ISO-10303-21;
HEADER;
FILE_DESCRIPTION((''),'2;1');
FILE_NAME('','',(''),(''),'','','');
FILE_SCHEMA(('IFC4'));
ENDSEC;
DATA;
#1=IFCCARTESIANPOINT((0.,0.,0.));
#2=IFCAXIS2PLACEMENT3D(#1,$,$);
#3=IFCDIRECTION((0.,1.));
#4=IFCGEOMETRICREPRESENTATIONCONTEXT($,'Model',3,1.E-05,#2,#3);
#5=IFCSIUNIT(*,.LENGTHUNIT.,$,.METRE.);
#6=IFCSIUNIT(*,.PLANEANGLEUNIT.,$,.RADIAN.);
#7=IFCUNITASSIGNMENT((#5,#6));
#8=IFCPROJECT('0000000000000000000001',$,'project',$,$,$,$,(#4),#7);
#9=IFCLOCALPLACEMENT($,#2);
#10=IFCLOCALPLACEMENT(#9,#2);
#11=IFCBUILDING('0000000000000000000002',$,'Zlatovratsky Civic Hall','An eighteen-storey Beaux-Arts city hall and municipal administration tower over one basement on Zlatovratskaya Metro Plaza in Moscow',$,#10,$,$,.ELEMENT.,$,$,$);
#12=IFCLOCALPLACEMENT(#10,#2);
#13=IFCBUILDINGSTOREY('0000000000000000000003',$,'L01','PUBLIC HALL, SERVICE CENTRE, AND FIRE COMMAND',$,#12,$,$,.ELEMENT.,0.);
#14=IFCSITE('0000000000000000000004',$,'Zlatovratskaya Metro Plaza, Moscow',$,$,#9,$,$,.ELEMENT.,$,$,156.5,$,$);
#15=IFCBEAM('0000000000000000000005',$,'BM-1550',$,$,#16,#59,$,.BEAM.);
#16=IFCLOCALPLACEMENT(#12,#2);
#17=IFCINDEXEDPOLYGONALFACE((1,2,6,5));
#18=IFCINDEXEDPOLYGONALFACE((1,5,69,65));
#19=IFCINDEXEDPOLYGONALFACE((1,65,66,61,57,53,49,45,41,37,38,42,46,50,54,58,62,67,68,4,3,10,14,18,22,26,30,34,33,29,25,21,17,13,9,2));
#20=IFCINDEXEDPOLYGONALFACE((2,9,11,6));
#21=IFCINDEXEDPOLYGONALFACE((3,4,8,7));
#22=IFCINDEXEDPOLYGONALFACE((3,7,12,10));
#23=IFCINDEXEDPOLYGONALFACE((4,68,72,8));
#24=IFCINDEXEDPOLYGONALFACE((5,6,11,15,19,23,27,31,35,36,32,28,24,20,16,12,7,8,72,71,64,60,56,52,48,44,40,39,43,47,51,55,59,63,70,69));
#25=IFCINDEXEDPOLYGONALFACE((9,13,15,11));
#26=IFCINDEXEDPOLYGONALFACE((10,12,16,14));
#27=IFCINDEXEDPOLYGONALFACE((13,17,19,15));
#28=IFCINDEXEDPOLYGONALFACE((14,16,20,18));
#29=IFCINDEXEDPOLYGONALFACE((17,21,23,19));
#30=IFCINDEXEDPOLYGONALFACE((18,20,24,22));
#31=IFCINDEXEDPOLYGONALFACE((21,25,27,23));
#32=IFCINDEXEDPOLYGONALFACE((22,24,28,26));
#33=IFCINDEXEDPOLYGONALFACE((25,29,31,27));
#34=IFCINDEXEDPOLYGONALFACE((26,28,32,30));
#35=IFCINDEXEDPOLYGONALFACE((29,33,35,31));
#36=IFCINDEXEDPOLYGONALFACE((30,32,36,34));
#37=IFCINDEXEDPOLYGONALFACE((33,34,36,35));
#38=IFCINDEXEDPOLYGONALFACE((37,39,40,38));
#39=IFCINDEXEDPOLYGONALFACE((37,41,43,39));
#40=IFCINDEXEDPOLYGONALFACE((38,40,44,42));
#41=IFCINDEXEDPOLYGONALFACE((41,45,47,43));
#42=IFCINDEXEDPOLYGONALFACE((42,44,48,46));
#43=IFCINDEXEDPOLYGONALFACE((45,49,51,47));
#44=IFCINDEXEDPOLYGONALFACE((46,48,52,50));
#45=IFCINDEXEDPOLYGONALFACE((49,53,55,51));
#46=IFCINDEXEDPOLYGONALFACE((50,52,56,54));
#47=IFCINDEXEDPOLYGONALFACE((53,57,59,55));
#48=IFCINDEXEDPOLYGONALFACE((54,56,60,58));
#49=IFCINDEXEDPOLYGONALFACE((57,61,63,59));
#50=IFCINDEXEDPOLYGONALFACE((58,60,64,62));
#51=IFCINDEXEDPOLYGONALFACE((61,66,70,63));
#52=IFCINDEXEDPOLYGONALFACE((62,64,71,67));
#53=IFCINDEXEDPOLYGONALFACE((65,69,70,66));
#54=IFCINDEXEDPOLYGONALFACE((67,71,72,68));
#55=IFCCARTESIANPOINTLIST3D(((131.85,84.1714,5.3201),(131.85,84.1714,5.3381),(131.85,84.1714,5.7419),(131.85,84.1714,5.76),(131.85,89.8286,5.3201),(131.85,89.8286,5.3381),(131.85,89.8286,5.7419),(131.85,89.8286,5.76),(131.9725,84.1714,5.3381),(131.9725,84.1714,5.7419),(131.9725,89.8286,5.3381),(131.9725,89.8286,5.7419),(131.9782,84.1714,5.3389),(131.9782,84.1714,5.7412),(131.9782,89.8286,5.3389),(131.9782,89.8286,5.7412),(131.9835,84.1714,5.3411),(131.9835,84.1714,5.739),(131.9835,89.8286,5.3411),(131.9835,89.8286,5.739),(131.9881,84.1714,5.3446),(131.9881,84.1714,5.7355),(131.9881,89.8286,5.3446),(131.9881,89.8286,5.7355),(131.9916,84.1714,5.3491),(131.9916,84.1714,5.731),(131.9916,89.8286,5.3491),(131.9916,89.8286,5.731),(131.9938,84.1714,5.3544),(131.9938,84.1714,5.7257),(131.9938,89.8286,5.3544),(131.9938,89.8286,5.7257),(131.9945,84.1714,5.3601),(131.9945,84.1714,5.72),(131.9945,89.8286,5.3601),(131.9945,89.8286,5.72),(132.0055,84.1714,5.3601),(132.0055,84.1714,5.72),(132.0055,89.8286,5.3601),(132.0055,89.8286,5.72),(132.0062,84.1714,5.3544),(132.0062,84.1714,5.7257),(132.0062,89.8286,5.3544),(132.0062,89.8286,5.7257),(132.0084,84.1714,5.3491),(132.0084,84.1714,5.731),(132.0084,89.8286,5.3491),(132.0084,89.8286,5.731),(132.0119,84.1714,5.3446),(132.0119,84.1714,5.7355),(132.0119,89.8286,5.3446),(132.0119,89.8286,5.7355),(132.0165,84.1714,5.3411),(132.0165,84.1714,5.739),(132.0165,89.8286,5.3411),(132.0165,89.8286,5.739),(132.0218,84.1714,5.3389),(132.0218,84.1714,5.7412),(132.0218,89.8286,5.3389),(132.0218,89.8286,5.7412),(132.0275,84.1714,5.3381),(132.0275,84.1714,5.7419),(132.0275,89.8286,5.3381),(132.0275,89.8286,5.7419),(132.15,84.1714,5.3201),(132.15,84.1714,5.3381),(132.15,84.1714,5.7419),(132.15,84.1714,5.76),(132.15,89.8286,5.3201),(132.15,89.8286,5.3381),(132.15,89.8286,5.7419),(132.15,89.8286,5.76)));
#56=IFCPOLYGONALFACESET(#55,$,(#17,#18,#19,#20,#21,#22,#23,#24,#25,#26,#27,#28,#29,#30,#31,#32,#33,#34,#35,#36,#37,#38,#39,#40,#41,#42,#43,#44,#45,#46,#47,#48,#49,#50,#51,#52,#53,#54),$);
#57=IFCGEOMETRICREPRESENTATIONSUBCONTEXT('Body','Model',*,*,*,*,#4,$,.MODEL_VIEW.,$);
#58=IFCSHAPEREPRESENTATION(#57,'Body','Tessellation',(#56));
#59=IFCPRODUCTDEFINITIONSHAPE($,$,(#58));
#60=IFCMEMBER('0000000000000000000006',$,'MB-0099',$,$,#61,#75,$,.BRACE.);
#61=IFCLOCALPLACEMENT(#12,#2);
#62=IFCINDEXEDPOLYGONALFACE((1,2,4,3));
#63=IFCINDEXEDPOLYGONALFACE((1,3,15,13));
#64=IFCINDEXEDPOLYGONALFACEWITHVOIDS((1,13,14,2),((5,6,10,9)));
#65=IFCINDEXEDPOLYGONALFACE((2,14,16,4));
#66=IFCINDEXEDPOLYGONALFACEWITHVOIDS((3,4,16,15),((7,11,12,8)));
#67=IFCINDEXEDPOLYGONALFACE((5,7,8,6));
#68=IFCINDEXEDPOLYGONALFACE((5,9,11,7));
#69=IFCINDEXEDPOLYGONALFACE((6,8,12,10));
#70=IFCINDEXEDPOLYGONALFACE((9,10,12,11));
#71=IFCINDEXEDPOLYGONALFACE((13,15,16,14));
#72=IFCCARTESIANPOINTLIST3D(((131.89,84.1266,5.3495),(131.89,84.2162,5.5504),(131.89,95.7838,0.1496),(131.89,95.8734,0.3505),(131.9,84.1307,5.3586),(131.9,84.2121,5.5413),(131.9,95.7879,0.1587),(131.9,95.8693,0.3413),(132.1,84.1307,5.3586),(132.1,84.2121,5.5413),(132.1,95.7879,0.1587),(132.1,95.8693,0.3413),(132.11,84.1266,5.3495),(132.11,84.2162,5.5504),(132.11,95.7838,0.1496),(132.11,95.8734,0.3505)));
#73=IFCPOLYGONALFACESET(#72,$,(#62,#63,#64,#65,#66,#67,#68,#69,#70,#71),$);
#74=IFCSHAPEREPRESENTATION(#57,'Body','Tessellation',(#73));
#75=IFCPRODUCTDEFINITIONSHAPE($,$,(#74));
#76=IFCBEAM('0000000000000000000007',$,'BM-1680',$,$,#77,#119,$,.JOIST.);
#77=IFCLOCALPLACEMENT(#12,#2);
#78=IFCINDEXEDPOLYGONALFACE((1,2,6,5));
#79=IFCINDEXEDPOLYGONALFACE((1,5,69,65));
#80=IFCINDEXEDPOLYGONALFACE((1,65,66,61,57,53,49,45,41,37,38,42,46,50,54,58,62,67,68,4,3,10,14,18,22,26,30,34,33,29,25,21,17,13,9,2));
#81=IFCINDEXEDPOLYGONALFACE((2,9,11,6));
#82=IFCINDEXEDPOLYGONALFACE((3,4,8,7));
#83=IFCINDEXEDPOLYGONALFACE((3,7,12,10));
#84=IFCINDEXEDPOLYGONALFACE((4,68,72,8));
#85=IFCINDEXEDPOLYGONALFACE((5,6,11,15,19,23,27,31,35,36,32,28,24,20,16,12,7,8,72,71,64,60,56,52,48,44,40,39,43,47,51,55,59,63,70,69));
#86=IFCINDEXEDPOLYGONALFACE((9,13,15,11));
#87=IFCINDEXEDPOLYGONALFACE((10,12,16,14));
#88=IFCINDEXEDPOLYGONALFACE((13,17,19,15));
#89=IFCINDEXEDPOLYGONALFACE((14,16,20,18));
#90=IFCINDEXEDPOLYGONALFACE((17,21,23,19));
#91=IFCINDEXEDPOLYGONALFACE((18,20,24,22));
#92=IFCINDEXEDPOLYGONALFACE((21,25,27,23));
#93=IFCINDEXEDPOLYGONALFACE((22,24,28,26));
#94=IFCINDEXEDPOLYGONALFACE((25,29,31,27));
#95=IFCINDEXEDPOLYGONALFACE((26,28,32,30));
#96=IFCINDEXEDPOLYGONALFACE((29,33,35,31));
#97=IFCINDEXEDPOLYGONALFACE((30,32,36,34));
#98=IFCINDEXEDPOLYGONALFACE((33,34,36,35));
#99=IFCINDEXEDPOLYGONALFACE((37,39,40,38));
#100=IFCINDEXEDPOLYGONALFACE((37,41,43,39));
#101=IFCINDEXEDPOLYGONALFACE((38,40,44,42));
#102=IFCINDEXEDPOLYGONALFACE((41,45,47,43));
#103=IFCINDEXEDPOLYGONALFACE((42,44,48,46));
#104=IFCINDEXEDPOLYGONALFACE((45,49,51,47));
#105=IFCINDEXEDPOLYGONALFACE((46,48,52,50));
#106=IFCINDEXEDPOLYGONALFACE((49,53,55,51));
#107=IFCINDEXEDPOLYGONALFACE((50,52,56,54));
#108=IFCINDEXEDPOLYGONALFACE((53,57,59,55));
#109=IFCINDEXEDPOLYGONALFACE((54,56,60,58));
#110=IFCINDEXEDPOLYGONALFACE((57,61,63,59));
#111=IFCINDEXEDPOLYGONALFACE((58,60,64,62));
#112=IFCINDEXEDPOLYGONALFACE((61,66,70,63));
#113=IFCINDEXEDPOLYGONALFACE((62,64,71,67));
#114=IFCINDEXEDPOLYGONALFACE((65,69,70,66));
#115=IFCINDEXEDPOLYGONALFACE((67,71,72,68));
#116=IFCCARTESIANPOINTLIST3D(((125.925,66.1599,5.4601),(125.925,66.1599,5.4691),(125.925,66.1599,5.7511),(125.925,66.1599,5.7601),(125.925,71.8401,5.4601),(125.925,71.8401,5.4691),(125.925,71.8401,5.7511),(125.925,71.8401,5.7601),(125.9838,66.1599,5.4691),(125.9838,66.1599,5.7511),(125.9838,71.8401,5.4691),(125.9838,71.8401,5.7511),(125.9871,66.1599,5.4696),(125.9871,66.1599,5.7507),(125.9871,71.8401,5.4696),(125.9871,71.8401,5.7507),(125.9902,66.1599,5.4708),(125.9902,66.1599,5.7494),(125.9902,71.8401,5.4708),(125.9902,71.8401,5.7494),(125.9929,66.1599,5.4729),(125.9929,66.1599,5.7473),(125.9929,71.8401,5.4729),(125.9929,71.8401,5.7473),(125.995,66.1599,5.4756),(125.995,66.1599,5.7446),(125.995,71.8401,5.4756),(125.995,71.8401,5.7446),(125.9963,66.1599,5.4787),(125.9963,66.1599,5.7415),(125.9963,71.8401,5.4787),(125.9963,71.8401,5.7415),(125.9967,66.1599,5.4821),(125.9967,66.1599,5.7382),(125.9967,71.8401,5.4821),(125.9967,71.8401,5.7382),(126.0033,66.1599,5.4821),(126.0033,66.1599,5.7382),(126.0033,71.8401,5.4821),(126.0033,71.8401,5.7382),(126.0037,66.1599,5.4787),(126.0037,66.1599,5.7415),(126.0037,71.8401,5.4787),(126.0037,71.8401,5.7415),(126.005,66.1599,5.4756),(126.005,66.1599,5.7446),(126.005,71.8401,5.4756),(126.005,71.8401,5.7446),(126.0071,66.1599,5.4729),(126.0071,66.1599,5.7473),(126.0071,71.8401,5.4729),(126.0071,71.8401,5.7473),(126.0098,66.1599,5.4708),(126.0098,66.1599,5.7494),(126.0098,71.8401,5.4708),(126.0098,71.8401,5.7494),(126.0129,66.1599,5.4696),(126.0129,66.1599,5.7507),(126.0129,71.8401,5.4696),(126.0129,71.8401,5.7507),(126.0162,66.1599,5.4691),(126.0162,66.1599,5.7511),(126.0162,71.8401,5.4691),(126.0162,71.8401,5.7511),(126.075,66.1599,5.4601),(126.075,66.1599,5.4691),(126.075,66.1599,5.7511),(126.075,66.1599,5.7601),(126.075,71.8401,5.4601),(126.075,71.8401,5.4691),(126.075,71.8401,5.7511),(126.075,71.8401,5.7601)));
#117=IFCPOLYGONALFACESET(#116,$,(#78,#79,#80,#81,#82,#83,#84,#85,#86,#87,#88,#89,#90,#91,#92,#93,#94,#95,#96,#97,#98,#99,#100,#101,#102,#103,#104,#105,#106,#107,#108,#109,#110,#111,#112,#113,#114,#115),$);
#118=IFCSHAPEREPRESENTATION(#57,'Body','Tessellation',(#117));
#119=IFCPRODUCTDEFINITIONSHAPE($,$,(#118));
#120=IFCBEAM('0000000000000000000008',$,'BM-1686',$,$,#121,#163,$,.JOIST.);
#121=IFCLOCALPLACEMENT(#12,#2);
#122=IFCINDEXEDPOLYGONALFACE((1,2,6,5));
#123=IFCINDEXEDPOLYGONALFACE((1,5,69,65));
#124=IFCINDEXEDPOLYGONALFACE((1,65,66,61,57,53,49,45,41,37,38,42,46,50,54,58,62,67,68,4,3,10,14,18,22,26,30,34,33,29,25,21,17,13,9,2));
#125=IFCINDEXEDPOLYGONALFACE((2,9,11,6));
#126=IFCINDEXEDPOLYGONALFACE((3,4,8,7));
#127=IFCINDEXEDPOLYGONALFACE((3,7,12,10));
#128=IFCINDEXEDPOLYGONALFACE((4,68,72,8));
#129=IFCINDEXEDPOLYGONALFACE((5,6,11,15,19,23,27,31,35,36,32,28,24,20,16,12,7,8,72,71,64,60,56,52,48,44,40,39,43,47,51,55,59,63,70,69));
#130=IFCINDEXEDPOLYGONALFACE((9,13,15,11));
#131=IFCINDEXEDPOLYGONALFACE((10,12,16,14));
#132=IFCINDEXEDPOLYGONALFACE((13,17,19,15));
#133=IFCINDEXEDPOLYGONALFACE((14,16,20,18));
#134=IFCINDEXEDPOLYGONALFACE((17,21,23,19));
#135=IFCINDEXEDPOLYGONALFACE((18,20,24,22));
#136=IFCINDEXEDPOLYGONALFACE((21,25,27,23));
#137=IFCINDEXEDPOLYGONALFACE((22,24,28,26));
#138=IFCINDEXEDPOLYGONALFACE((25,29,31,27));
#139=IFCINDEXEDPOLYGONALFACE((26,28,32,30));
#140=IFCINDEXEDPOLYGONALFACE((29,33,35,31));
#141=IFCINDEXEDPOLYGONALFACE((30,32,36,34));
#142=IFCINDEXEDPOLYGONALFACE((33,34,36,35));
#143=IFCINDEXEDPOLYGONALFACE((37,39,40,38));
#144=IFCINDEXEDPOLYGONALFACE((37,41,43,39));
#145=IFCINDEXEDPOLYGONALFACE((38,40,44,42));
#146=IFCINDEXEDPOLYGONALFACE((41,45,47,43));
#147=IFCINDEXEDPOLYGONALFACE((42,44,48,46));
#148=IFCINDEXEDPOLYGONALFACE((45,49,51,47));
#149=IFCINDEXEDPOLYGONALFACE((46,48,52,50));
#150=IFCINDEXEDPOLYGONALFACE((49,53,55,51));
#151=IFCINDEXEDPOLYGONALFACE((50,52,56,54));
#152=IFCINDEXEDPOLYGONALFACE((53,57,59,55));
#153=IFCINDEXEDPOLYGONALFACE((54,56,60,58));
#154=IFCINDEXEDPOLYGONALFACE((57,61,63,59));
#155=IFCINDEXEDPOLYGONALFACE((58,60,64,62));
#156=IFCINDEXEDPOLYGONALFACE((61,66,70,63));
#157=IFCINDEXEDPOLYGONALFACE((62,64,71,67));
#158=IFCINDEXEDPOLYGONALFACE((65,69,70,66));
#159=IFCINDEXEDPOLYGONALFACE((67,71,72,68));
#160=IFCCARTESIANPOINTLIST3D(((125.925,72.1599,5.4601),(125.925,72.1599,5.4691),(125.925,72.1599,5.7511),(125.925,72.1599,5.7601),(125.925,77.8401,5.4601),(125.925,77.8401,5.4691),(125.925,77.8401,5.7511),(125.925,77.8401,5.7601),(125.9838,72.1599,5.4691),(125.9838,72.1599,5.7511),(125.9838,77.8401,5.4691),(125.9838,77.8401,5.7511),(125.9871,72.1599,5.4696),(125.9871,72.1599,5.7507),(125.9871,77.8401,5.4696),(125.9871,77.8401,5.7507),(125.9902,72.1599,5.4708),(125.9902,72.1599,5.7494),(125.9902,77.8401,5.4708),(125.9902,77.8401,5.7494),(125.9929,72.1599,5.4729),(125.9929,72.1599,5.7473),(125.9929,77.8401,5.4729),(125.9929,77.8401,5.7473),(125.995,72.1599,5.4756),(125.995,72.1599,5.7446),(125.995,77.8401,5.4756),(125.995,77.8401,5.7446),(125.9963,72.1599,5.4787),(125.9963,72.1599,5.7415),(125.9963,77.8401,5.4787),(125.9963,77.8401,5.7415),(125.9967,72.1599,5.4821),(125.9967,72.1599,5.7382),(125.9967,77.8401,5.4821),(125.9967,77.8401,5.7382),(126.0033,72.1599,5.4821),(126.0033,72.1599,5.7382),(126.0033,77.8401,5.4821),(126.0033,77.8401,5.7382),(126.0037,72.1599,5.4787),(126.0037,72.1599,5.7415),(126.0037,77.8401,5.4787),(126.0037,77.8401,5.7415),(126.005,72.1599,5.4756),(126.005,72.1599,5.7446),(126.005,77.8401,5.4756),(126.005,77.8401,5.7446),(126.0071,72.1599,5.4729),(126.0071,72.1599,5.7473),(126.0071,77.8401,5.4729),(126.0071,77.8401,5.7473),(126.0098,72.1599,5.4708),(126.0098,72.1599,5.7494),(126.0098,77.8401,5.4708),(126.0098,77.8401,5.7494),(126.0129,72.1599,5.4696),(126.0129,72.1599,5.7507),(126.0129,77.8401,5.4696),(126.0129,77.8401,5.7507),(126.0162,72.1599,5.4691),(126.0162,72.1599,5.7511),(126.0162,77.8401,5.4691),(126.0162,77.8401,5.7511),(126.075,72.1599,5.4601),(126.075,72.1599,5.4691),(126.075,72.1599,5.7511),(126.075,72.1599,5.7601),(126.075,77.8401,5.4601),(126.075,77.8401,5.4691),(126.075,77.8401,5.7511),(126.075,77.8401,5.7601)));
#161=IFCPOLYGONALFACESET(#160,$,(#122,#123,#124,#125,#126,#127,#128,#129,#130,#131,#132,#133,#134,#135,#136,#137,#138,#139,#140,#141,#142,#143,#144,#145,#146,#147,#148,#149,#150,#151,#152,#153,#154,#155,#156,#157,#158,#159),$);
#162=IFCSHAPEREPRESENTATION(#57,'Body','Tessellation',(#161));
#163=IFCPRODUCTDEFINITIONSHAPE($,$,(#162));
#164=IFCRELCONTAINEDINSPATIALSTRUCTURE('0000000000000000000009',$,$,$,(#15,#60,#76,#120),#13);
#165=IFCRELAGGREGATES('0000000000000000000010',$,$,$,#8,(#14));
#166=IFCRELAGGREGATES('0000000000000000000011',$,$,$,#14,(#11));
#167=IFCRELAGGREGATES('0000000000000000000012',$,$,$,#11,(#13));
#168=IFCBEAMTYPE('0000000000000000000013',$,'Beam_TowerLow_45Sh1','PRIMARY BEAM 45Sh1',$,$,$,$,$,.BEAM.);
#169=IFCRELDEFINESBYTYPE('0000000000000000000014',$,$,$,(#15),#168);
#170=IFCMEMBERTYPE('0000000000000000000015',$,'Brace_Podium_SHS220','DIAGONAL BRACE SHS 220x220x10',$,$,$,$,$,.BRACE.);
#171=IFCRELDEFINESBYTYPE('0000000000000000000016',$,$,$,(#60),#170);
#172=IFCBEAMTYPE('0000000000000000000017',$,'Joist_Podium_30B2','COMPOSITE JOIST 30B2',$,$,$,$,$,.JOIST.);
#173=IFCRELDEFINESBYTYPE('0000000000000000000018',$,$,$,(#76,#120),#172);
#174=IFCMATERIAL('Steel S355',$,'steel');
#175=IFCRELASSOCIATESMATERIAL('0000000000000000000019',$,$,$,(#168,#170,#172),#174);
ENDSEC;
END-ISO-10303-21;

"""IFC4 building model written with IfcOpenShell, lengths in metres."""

from ifc_helpers import new_model, si_unit, direction, frame, origin, origin_2d, place, context, subcontext, project, spatial, hollow_rectangle, i_section, extrude, material, material_profile, profile_set, type_object, element, save


model = new_model("IFC4")

# Units and contexts
model_context = context("Model", 3, precision=1e-05, world=origin(), true_north=direction((0.0, 1.0)))
body_context = subcontext(model_context, "Body", "Model", "MODEL_VIEW")
ifc_project = project(units=[si_unit("LENGTHUNIT", "METRE"), si_unit("PLANEANGLEUNIT", "RADIAN")], contexts=[model_context])

# Site, building, storey
site_placement = place(None, origin())
site = spatial("IfcSite", under=ifc_project, at=site_placement, Name="Zlatovratskaya Metro Plaza, Moscow", CompositionType="ELEMENT", RefElevation=156.5)
building_placement = place(site_placement, origin())
building = spatial("IfcBuilding", under=site, at=building_placement, Name="Zlatovratsky Civic Hall", Description="An eighteen-storey Beaux-Arts city hall and municipal administration tower over one basement on Zlatovratskaya Metro Plaza in Moscow", CompositionType="ELEMENT")
storey_placement = place(building_placement, origin())
storey = spatial("IfcBuildingStorey", under=building, at=storey_placement, Name="L01", Description="PUBLIC HALL, SERVICE CENTRE, AND FIRE COMMAND", CompositionType="ELEMENT", Elevation=0.0)

# Shared definitions
ifc_material_1 = material(Name="Steel S355", Category="steel")

# Beam
ifc_material_profile_1 = material_profile(ifc_material_1, i_section(OverallWidth=0.3, OverallDepth=0.4399, WebThickness=0.011, FlangeThickness=0.0181, FilletRadius=0.022, at=origin_2d()), Name="45Sh1")
ifc_profile_set_1 = profile_set([ifc_material_profile_1], Name="Steel S355")
beam_type_1 = type_object("IfcBeamType", Name="Beam_TowerLow_45Sh1", Description="PRIMARY BEAM 45Sh1", PredefinedType="BEAM", material=ifc_profile_set_1)
for number, where, z_axis, x_axis, name in (
    (1, (132.0, 84.1714, 5.54), (0.0, 1.0, 0.0), (-1.0, 0.0, 0.0), "BM-1550"),
):
    element("IfcBeam", number, at=place(storey_placement, frame(where, z_axis=z_axis, x_axis=x_axis)), inside=storey, type_object=beam_type_1, Name=name, PredefinedType="BEAM", context=body_context, shape_type="SweptSolid", body=[
        extrude(i_section(OverallWidth=0.3, OverallDepth=0.4399, WebThickness=0.011, FlangeThickness=0.0181, FilletRadius=0.022, at=origin_2d()), origin(), (0.0, 0.0, 1.0), 5.6572),
    ])

# Member
ifc_material_profile_2 = material_profile(ifc_material_1, hollow_rectangle(XDim=0.22, YDim=0.22, WallThickness=0.01, at=origin_2d()), Name="SHS 220x220x10")
ifc_profile_set_2 = profile_set([ifc_material_profile_2], Name="Steel S355")
member_type = type_object("IfcMemberType", Name="Brace_Podium_SHS220", Description="DIAGONAL BRACE SHS 220x220x10", PredefinedType="BRACE", material=ifc_profile_set_2)
member_placement = place(storey_placement, frame((132.0, 84.1714, 5.45), z_axis=(0.0, 0.913259, -0.407379), x_axis=(-1.0, 0.0, 0.0)))
element("IfcMember", 2, at=member_placement, inside=storey, type_object=member_type, Name="MB-0099", PredefinedType="BRACE", context=body_context, shape_type="SweptSolid", body=[
    extrude(hollow_rectangle(XDim=0.22, YDim=0.22, WallThickness=0.01, at=origin_2d()), origin(), (0.0, 0.0, 1.0), 12.7644),
])

# Beams
ifc_material_profile_3 = material_profile(ifc_material_1, i_section(OverallWidth=0.1499, OverallDepth=0.3, WebThickness=0.0066, FlangeThickness=0.009, FilletRadius=0.0129, at=origin_2d()), Name="30B2")
ifc_profile_set_3 = profile_set([ifc_material_profile_3], Name="Steel S355")
beam_type_2 = type_object("IfcBeamType", Name="Joist_Podium_30B2", Description="COMPOSITE JOIST 30B2", PredefinedType="JOIST", material=ifc_profile_set_3)
for number, where, z_axis, x_axis, name in (
    (3, (126.0, 66.1599, 5.6101), (0.0, 1.0, 0.0), (-1.0, 0.0, 0.0), "BM-1680"),
    (4, (126.0, 72.1599, 5.6101), (0.0, 1.0, 0.0), (-1.0, 0.0, 0.0), "BM-1686"),
):
    element("IfcBeam", number, at=place(storey_placement, frame(where, z_axis=z_axis, x_axis=x_axis)), inside=storey, type_object=beam_type_2, Name=name, PredefinedType="JOIST", context=body_context, shape_type="SweptSolid", body=[
        extrude(i_section(OverallWidth=0.1499, OverallDepth=0.3, WebThickness=0.0066, FlangeThickness=0.009, FilletRadius=0.0129, at=origin_2d()), origin(), (0.0, 0.0, 1.0), 5.6802),
    ])

save(model, "model.ifc")
